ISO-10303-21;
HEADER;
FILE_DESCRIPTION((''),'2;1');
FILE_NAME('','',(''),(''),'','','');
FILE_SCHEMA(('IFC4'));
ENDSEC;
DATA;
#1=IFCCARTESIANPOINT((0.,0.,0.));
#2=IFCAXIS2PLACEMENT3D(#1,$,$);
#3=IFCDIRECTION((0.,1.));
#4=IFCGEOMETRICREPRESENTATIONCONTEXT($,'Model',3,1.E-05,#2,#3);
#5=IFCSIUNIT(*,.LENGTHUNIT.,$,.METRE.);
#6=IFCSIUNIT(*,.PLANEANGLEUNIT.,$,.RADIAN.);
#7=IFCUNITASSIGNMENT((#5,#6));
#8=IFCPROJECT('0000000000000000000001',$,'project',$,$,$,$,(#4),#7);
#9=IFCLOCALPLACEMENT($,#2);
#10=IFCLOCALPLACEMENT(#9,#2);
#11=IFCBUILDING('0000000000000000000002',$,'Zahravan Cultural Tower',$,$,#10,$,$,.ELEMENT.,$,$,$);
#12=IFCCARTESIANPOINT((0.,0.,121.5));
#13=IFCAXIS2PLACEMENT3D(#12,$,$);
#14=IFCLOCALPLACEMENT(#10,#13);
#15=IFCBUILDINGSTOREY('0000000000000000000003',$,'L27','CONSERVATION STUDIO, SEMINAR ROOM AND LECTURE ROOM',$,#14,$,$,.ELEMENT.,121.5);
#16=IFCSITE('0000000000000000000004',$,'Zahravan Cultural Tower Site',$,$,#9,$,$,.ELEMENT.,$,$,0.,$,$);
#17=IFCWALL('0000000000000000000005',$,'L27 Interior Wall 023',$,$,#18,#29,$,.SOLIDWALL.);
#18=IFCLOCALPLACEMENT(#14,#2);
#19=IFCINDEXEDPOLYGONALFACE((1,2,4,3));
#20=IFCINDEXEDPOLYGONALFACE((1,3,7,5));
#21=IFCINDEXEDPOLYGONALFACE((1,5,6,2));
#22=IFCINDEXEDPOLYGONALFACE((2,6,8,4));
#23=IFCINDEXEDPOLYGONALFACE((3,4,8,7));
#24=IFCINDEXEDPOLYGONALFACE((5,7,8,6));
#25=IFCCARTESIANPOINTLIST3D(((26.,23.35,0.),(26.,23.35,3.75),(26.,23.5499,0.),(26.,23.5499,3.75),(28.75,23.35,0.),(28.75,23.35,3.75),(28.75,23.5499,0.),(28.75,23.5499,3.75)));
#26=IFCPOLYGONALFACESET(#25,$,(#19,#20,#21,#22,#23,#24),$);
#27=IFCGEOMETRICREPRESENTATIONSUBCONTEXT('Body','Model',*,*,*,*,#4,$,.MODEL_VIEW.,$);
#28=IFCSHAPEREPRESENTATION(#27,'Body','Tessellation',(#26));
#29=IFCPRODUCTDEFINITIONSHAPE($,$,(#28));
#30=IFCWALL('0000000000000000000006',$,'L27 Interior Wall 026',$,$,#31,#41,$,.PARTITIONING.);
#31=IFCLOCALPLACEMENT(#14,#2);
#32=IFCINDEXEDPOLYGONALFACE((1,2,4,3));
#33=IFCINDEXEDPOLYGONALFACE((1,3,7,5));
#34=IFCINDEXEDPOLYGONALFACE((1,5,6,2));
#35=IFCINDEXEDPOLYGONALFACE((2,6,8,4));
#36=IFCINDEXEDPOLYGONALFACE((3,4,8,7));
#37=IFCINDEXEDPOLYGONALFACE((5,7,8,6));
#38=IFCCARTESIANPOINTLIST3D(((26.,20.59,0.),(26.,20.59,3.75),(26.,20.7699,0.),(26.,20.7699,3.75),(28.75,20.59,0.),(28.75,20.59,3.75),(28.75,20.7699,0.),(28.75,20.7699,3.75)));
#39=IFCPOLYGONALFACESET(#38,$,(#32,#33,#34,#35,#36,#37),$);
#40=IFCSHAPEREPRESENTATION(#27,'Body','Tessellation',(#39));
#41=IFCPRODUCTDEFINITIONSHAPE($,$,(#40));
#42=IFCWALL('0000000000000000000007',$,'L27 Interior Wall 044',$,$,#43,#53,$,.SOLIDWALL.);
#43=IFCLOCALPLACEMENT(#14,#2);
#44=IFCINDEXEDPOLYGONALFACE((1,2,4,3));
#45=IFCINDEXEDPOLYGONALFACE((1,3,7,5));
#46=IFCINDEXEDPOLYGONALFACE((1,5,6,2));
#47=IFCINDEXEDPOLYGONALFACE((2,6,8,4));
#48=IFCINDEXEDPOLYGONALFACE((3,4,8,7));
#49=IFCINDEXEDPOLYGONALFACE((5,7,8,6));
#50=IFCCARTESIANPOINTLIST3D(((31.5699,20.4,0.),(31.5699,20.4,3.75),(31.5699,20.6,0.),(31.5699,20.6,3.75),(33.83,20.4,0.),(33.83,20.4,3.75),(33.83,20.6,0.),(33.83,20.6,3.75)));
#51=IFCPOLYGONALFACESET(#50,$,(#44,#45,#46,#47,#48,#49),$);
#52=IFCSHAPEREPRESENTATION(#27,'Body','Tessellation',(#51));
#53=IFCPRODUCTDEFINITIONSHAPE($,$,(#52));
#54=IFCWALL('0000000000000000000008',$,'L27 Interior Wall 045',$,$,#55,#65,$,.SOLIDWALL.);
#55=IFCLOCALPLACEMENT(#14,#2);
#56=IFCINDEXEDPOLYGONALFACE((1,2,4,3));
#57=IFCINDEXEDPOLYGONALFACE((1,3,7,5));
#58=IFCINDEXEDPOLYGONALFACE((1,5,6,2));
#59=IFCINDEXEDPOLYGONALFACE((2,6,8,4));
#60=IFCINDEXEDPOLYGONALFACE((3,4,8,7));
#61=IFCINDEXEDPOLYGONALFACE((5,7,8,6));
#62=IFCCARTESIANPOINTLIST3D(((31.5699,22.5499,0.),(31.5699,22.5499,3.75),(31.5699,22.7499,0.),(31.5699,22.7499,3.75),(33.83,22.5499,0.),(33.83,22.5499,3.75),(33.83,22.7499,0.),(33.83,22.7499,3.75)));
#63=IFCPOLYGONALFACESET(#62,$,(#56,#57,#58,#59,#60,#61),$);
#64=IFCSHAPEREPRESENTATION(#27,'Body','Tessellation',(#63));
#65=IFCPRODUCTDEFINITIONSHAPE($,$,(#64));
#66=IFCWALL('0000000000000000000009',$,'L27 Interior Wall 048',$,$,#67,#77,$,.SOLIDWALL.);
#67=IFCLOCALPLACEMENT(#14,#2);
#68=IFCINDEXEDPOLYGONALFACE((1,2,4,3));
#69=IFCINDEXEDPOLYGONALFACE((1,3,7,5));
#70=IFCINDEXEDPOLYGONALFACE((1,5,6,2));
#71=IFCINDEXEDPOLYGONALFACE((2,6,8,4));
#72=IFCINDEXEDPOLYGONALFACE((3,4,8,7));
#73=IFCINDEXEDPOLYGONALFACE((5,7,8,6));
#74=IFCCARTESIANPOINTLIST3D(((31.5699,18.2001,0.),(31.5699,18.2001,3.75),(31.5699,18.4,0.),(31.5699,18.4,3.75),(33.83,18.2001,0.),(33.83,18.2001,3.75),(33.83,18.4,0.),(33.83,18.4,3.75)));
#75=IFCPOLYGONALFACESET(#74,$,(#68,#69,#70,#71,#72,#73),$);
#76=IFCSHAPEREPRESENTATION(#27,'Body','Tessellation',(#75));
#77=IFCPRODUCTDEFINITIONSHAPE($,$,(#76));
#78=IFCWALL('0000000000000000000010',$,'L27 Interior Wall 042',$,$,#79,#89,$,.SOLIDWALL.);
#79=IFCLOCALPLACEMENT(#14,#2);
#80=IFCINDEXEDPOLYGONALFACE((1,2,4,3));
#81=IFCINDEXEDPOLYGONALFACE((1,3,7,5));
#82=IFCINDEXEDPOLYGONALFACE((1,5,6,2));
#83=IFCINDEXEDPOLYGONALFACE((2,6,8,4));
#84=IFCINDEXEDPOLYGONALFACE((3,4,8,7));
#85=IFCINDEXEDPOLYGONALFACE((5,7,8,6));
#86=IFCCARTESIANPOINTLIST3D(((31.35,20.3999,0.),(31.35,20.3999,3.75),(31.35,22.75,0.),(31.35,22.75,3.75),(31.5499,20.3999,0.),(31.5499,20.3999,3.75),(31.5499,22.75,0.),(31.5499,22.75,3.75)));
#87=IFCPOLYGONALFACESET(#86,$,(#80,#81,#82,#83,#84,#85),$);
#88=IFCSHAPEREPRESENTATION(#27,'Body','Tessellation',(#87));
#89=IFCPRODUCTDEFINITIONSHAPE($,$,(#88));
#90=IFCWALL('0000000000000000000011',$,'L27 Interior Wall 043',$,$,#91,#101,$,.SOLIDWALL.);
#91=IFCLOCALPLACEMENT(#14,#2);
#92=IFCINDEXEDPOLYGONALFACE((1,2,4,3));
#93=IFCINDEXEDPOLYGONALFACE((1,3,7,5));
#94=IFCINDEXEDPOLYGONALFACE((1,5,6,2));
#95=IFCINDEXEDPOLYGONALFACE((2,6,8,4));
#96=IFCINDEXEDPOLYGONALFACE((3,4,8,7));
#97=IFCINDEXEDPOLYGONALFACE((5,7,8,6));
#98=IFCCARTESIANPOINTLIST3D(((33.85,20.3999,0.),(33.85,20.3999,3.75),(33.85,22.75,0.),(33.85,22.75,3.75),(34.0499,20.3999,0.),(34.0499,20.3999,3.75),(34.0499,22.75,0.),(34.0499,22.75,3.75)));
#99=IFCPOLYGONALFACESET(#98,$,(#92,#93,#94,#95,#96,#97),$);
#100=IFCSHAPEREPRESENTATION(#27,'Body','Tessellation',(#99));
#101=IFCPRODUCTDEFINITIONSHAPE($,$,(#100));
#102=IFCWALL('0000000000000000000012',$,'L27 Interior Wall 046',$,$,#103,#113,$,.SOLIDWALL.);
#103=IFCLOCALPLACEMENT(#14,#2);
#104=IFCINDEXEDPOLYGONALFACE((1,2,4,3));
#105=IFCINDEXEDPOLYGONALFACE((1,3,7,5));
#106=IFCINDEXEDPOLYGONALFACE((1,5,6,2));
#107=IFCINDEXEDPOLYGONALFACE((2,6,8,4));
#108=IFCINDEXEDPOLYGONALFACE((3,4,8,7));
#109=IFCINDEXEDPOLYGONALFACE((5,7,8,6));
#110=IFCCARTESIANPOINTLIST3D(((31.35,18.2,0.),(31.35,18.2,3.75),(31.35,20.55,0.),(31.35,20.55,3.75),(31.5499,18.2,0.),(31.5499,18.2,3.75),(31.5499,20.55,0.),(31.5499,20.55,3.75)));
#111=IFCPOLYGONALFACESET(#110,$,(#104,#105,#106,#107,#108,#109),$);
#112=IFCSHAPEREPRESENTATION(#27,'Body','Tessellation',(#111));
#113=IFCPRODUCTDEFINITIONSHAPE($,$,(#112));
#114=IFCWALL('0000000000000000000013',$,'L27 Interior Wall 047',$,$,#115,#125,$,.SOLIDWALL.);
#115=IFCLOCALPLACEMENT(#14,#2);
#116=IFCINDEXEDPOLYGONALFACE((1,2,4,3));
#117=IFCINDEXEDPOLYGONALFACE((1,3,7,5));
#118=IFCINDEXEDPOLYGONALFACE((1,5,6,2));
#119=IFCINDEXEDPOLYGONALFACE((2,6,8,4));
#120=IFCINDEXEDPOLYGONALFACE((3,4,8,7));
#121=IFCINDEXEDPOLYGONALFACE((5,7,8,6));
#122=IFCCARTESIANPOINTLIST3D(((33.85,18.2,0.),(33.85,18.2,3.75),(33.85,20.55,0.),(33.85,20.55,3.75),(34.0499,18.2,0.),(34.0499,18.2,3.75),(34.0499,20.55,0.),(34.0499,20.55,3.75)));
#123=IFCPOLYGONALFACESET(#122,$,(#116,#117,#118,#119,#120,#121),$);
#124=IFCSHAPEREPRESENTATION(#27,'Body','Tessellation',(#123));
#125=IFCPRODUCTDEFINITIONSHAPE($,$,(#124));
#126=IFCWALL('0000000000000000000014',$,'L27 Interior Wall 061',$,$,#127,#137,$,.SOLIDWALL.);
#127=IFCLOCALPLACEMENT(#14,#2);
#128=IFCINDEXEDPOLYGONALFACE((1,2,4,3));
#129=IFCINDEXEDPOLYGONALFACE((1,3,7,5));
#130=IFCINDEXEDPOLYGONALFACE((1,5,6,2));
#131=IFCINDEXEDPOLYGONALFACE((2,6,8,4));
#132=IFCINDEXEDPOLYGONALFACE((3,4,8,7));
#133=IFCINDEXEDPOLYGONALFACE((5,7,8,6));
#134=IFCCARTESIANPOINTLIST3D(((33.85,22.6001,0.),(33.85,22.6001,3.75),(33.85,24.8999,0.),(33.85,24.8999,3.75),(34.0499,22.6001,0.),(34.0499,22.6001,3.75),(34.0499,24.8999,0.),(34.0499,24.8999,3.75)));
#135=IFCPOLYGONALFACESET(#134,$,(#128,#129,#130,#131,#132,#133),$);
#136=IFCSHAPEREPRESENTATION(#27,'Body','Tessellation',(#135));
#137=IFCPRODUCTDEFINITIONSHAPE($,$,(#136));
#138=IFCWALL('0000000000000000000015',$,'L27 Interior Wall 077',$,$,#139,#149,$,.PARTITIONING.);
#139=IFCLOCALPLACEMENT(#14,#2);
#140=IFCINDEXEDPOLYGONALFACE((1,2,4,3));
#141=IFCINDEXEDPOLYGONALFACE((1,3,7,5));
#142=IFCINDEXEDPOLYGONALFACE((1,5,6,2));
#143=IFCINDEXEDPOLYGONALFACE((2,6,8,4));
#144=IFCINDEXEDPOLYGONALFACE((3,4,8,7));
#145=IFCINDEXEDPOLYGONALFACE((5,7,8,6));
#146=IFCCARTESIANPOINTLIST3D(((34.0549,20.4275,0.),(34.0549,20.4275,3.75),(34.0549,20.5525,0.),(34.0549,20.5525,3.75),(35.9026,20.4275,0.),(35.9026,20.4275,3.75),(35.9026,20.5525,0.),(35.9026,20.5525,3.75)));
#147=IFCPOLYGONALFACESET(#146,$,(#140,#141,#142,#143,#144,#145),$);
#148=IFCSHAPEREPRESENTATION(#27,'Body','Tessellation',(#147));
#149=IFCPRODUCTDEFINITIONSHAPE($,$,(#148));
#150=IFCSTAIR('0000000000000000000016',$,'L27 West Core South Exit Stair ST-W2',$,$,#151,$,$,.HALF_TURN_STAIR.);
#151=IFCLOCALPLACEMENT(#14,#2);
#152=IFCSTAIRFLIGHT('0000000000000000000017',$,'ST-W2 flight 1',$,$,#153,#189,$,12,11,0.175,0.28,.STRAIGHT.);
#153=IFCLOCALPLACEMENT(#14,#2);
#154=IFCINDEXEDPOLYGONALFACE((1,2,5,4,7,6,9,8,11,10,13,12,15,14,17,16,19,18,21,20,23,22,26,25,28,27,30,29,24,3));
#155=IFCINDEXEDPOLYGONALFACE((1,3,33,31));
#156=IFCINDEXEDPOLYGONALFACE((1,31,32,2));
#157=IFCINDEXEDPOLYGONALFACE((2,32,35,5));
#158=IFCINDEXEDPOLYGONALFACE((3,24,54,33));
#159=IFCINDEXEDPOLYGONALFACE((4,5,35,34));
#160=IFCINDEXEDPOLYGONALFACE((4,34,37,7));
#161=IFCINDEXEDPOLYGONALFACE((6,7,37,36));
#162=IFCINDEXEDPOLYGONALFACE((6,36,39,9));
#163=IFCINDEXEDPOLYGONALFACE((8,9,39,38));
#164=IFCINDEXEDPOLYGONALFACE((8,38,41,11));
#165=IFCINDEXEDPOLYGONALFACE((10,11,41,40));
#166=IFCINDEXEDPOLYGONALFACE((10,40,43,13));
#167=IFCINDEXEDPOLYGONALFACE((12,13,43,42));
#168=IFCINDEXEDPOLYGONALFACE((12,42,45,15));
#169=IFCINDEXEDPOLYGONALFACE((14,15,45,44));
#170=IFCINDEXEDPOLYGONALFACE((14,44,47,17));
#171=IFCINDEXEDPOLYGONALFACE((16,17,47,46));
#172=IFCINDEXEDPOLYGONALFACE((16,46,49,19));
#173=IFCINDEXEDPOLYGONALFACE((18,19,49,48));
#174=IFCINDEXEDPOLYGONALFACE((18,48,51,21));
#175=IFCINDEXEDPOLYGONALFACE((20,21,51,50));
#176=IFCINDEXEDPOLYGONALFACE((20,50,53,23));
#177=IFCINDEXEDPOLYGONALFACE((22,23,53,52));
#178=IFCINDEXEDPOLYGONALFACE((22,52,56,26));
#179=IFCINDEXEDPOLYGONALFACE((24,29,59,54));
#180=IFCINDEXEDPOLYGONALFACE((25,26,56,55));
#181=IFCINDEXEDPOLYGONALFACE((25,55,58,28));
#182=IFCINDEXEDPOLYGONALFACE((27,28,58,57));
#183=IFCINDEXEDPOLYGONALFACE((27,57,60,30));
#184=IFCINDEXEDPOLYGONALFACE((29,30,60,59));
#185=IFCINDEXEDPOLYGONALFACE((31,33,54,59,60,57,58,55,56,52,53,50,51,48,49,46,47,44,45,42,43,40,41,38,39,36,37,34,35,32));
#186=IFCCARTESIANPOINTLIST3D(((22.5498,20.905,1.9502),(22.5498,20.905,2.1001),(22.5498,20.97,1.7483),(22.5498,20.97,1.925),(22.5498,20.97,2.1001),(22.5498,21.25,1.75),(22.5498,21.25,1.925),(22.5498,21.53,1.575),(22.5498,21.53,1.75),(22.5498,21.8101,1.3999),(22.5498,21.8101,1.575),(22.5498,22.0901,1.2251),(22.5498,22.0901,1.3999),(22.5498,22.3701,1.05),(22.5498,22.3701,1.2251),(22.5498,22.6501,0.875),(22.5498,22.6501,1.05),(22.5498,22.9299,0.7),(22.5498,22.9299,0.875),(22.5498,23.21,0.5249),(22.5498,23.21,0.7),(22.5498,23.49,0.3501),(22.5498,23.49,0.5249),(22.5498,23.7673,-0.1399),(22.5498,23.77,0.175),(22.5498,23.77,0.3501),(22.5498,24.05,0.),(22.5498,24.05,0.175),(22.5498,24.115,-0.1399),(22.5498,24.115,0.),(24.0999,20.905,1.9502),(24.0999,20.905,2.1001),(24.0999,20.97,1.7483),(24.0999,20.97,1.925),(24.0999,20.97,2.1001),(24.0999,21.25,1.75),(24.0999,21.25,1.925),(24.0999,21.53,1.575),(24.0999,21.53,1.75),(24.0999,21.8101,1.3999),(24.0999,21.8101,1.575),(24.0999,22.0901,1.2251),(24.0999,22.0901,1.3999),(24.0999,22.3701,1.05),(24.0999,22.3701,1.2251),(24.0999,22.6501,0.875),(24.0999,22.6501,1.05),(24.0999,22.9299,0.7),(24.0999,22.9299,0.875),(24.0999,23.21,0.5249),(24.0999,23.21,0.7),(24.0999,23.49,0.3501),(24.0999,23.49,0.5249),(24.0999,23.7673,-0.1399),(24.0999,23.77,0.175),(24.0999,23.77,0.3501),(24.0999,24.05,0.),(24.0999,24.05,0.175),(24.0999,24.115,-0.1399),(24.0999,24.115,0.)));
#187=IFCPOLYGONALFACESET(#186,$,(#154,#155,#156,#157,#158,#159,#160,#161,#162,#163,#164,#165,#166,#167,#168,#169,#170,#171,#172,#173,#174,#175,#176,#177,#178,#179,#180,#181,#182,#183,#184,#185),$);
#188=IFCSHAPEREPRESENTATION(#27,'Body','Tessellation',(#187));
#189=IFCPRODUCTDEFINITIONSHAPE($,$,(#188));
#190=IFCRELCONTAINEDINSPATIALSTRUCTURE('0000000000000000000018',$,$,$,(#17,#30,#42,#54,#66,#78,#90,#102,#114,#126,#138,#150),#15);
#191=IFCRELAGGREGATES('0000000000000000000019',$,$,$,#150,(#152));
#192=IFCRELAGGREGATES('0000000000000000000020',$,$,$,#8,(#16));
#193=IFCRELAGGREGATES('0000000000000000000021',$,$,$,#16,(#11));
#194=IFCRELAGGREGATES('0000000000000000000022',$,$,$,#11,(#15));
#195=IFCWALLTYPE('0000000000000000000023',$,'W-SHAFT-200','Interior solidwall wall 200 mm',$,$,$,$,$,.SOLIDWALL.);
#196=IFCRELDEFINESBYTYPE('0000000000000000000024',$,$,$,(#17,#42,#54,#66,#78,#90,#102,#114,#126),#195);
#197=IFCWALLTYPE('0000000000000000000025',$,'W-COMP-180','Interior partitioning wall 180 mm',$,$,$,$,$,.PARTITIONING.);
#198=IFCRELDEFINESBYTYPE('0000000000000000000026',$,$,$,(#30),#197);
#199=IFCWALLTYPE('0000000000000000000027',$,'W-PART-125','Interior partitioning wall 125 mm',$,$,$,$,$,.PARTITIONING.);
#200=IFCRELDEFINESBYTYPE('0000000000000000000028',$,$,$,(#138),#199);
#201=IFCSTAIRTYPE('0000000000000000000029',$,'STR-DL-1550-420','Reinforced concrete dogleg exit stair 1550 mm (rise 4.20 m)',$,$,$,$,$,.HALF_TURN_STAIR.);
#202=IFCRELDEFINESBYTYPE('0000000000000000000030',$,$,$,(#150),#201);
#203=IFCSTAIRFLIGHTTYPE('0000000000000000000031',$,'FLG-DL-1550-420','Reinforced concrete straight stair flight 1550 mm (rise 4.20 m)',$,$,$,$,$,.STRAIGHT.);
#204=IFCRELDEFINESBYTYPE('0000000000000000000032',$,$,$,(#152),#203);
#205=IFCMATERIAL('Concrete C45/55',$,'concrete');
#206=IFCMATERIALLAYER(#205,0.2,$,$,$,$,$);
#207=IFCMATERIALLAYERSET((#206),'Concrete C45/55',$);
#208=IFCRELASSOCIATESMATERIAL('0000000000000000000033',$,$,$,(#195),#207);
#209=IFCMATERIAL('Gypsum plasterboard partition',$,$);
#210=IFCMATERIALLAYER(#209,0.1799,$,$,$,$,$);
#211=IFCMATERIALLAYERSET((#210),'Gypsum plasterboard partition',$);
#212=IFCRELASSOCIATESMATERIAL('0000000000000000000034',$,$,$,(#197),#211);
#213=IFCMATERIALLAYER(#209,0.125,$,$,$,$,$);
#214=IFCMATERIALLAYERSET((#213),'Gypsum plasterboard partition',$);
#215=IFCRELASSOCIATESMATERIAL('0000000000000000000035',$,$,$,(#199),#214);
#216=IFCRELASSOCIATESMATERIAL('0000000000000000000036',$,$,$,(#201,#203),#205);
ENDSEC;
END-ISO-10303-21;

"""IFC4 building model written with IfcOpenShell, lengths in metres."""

from ifc_helpers import new_model, si_unit, direction, frame, frame_2d, origin, place, context, subcontext, project, spatial, polyline, rectangle, outline, extrude, source, transform, mapped, material, layer, layer_set, type_object, element, aggregate, save


model = new_model("IFC4")

# Units and contexts
model_context = context("Model", 3, precision=1e-05, world=origin(), true_north=direction((0.0, 1.0)))
body_context = subcontext(model_context, "Body", "Model", "MODEL_VIEW")
ifc_project = project(units=[si_unit("LENGTHUNIT", "METRE"), si_unit("PLANEANGLEUNIT", "RADIAN")], contexts=[model_context])

# Site, building, storey
site_placement = place(None, origin())
site = spatial("IfcSite", under=ifc_project, at=site_placement, Name="Zahravan Cultural Tower Site", CompositionType="ELEMENT", RefElevation=0.0)
building_placement = place(site_placement, origin())
building = spatial("IfcBuilding", under=site, at=building_placement, Name="Zahravan Cultural Tower", CompositionType="ELEMENT")
storey_placement = place(building_placement, frame((0.0, 0.0, 121.5)))
storey = spatial("IfcBuildingStorey", under=building, at=storey_placement, Name="L27", Description="CONSERVATION STUDIO, SEMINAR ROOM AND LECTURE ROOM", CompositionType="ELEMENT", Elevation=121.5)

# Shared definitions
ifc_material_1 = material(Name="Concrete C45/55", Category="concrete")
ifc_layer_1 = layer(ifc_material_1, 0.2)
ifc_layer_set_1 = layer_set([ifc_layer_1], Name="Concrete C45/55")
wall_type_1 = type_object("IfcWallType", Name="W-SHAFT-200", Description="Interior solidwall wall 200 mm", PredefinedType="SOLIDWALL", material=ifc_layer_set_1)

# Walls
shared_shape_1 = source(origin(), body_context, "Body", "SweptSolid", [
    extrude(rectangle(XDim=2.75, YDim=0.2, at=frame_2d((1.375, 0.0))), origin(), (0.0, 0.0, 1.0), 3.75),
])
wall_1_placement = place(storey_placement, frame((26.0, 23.45, 0.0), z_axis=(0.0, 0.0, 1.0), x_axis=(1.0, 0.0, 0.0)))
element("IfcWall", 1, at=wall_1_placement, inside=storey, type_object=wall_type_1, Name="L27 Interior Wall 023", PredefinedType="SOLIDWALL", context=body_context, shape_type="MappedRepresentation", body=[
    mapped(shared_shape_1, transform((0.0, 0.0, 0.0), x_axis=(1.0, 0.0, 0.0), y_axis=(0.0, 1.0, 0.0), z_axis=(0.0, 0.0, 1.0), scale=1.0)),
])
ifc_material_2 = material(Name="Gypsum plasterboard partition")
ifc_layer_2 = layer(ifc_material_2, 0.1799)
ifc_layer_set_2 = layer_set([ifc_layer_2], Name="Gypsum plasterboard partition")
wall_type_2 = type_object("IfcWallType", Name="W-COMP-180", Description="Interior partitioning wall 180 mm", PredefinedType="PARTITIONING", material=ifc_layer_set_2)
shared_shape_2 = source(origin(), body_context, "Body", "SweptSolid", [
    extrude(rectangle(XDim=2.75, YDim=0.1799, at=frame_2d((1.375, 0.0))), origin(), (0.0, 0.0, 1.0), 3.75),
])
wall_2_placement = place(storey_placement, frame((26.0, 20.6799, 0.0), z_axis=(0.0, 0.0, 1.0), x_axis=(1.0, 0.0, 0.0)))
element("IfcWall", 2, at=wall_2_placement, inside=storey, type_object=wall_type_2, Name="L27 Interior Wall 026", PredefinedType="PARTITIONING", context=body_context, shape_type="MappedRepresentation", body=[
    mapped(shared_shape_2, transform((0.0, 0.0, 0.0), x_axis=(1.0, 0.0, 0.0), y_axis=(0.0, 1.0, 0.0), z_axis=(0.0, 0.0, 1.0), scale=1.0)),
])
shared_shape_3 = source(origin(), body_context, "Body", "SweptSolid", [
    extrude(rectangle(XDim=2.26, YDim=0.2, at=frame_2d((1.1299, 0.0))), origin(), (0.0, 0.0, 1.0), 3.75),
])
for number, where, z_axis, x_axis, name in (
    (3, (31.5701, 20.5, 0.0), (0.0, 0.0, 1.0), (1.0, 0.0, 0.0), "L27 Interior Wall 044"),
    (4, (31.5701, 22.6499, 0.0), (0.0, 0.0, 1.0), (1.0, 0.0, 0.0), "L27 Interior Wall 045"),
    (5, (31.5701, 18.3, 0.0), (0.0, 0.0, 1.0), (1.0, 0.0, 0.0), "L27 Interior Wall 048"),
):
    element("IfcWall", number, at=place(storey_placement, frame(where, z_axis=z_axis, x_axis=x_axis)), inside=storey, type_object=wall_type_1, Name=name, PredefinedType="SOLIDWALL", context=body_context, shape_type="MappedRepresentation", body=[
        mapped(shared_shape_3, transform((0.0, 0.0, 0.0), x_axis=(1.0, 0.0, 0.0), y_axis=(0.0, 1.0, 0.0), z_axis=(0.0, 0.0, 1.0), scale=1.0)),
    ])
shared_shape_4 = source(origin(), body_context, "Body", "SweptSolid", [
    extrude(rectangle(XDim=2.3501, YDim=0.2, at=frame_2d((1.175, 0.0))), origin(), (0.0, 0.0, 1.0), 3.75),
])
for number, where, z_axis, x_axis, name in (
    (6, (31.45, 20.3999, 0.0), (0.0, 0.0, 1.0), (0.0, 1.0, 0.0), "L27 Interior Wall 042"),
    (7, (33.95, 20.3999, 0.0), (0.0, 0.0, 1.0), (0.0, 1.0, 0.0), "L27 Interior Wall 043"),
    (8, (31.45, 18.2, 0.0), (0.0, 0.0, 1.0), (0.0, 1.0, 0.0), "L27 Interior Wall 046"),
    (9, (33.95, 18.2, 0.0), (0.0, 0.0, 1.0), (0.0, 1.0, 0.0), "L27 Interior Wall 047"),
):
    element("IfcWall", number, at=place(storey_placement, frame(where, z_axis=z_axis, x_axis=x_axis)), inside=storey, type_object=wall_type_1, Name=name, PredefinedType="SOLIDWALL", context=body_context, shape_type="MappedRepresentation", body=[
        mapped(shared_shape_4, transform((0.0, 0.0, 0.0), x_axis=(1.0, 0.0, 0.0), y_axis=(0.0, 1.0, 0.0), z_axis=(0.0, 0.0, 1.0), scale=1.0)),
    ])
shared_shape_5 = source(origin(), body_context, "Body", "SweptSolid", [
    extrude(rectangle(XDim=2.2998, YDim=0.2, at=frame_2d((1.1499, 0.0))), origin(), (0.0, 0.0, 1.0), 3.75),
])
wall_3_placement = place(storey_placement, frame((33.95, 22.6001, 0.0), z_axis=(0.0, 0.0, 1.0), x_axis=(0.0, 1.0, 0.0)))
element("IfcWall", 10, at=wall_3_placement, inside=storey, type_object=wall_type_1, Name="L27 Interior Wall 061", PredefinedType="SOLIDWALL", context=body_context, shape_type="MappedRepresentation", body=[
    mapped(shared_shape_5, transform((0.0, 0.0, 0.0), x_axis=(1.0, 0.0, 0.0), y_axis=(0.0, 1.0, 0.0), z_axis=(0.0, 0.0, 1.0), scale=1.0)),
])
ifc_layer_3 = layer(ifc_material_2, 0.125)
ifc_layer_set_3 = layer_set([ifc_layer_3], Name="Gypsum plasterboard partition")
wall_type_3 = type_object("IfcWallType", Name="W-PART-125", Description="Interior partitioning wall 125 mm", PredefinedType="PARTITIONING", material=ifc_layer_set_3)
shared_shape_6 = source(origin(), body_context, "Body", "SweptSolid", [
    extrude(rectangle(XDim=1.8477, YDim=0.125, at=frame_2d((0.9238, 0.0))), origin(), (0.0, 0.0, 1.0), 3.75),
])
wall_4_placement = place(storey_placement, frame((35.9026, 20.49, 0.0), z_axis=(0.0, 0.0, 1.0), x_axis=(-1.0, 0.0, 0.0)))
element("IfcWall", 11, at=wall_4_placement, inside=storey, type_object=wall_type_3, Name="L27 Interior Wall 077", PredefinedType="PARTITIONING", context=body_context, shape_type="MappedRepresentation", body=[
    mapped(shared_shape_6, transform((0.0, 0.0, 0.0), x_axis=(1.0, 0.0, 0.0), y_axis=(0.0, 1.0, 0.0), z_axis=(0.0, 0.0, 1.0), scale=1.0)),
])

# Stair, stair flight
stair_type = type_object("IfcStairType", Name="STR-DL-1550-420", Description="Reinforced concrete dogleg exit stair 1550 mm (rise 4.20 m)", PredefinedType="HALF_TURN_STAIR", material=ifc_material_1)
stair_placement = place(storey_placement, origin())
stair = element("IfcStair", 12, at=stair_placement, inside=storey, type_object=stair_type, Name="L27 West Core South Exit Stair ST-W2", PredefinedType="HALF_TURN_STAIR")
stair_flight_type = type_object("IfcStairFlightType", Name="FLG-DL-1550-420", Description="Reinforced concrete straight stair flight 1550 mm (rise 4.20 m)", PredefinedType="STRAIGHT", material=ifc_material_1)
stair_flight_1_placement = place(storey_placement, frame((23.325, 24.05, 0.0), z_axis=(0.0, 0.0, 1.0), x_axis=(0.0, -1.0, 0.0)))
stair_flight_1 = element("IfcStairFlight", 13, at=stair_flight_1_placement, type_object=stair_flight_type, Name="ST-W2 flight 1", NumberOfRisers=12, NumberOfTreads=11, PredefinedType="STRAIGHT", RiserHeight=0.175, TreadLength=0.28, context=body_context, shape_type="SweptSolid", body=[
    extrude(outline(polyline([(-0.0649, -0.1399), (-0.0649, 0.0), (0.0, 0.0), (0.0, 0.175), (0.28, 0.175), (0.28, 0.3501), (0.5601, 0.3501), (0.5601, 0.5249), (0.8401, 0.5249), (0.8401, 0.7), (1.1201, 0.7), (1.1201, 0.875), (1.3999, 0.875), (1.3999, 1.05), (1.6799, 1.05), (1.6799, 1.2251), (1.96, 1.2251), (1.96, 1.3999), (2.24, 1.3999), (2.24, 1.575), (2.52, 1.575), (2.52, 1.75), (2.8, 1.75), (2.8, 1.925), (3.0801, 1.925), (3.0801, 2.1001), (3.145, 2.1001), (3.145, 1.9502), (3.0801, 1.7483), (0.2827, -0.1399), (-0.0649, -0.1399)])), frame((0.0, 0.7749, 0.0), z_axis=(0.0, -1.0, 0.0), x_axis=(1.0, 0.0, 0.0)), (0.0, 0.0, 1.0), 1.55),
])
aggregate(stair, [stair_flight_1])

save(model, "model.ifc")
